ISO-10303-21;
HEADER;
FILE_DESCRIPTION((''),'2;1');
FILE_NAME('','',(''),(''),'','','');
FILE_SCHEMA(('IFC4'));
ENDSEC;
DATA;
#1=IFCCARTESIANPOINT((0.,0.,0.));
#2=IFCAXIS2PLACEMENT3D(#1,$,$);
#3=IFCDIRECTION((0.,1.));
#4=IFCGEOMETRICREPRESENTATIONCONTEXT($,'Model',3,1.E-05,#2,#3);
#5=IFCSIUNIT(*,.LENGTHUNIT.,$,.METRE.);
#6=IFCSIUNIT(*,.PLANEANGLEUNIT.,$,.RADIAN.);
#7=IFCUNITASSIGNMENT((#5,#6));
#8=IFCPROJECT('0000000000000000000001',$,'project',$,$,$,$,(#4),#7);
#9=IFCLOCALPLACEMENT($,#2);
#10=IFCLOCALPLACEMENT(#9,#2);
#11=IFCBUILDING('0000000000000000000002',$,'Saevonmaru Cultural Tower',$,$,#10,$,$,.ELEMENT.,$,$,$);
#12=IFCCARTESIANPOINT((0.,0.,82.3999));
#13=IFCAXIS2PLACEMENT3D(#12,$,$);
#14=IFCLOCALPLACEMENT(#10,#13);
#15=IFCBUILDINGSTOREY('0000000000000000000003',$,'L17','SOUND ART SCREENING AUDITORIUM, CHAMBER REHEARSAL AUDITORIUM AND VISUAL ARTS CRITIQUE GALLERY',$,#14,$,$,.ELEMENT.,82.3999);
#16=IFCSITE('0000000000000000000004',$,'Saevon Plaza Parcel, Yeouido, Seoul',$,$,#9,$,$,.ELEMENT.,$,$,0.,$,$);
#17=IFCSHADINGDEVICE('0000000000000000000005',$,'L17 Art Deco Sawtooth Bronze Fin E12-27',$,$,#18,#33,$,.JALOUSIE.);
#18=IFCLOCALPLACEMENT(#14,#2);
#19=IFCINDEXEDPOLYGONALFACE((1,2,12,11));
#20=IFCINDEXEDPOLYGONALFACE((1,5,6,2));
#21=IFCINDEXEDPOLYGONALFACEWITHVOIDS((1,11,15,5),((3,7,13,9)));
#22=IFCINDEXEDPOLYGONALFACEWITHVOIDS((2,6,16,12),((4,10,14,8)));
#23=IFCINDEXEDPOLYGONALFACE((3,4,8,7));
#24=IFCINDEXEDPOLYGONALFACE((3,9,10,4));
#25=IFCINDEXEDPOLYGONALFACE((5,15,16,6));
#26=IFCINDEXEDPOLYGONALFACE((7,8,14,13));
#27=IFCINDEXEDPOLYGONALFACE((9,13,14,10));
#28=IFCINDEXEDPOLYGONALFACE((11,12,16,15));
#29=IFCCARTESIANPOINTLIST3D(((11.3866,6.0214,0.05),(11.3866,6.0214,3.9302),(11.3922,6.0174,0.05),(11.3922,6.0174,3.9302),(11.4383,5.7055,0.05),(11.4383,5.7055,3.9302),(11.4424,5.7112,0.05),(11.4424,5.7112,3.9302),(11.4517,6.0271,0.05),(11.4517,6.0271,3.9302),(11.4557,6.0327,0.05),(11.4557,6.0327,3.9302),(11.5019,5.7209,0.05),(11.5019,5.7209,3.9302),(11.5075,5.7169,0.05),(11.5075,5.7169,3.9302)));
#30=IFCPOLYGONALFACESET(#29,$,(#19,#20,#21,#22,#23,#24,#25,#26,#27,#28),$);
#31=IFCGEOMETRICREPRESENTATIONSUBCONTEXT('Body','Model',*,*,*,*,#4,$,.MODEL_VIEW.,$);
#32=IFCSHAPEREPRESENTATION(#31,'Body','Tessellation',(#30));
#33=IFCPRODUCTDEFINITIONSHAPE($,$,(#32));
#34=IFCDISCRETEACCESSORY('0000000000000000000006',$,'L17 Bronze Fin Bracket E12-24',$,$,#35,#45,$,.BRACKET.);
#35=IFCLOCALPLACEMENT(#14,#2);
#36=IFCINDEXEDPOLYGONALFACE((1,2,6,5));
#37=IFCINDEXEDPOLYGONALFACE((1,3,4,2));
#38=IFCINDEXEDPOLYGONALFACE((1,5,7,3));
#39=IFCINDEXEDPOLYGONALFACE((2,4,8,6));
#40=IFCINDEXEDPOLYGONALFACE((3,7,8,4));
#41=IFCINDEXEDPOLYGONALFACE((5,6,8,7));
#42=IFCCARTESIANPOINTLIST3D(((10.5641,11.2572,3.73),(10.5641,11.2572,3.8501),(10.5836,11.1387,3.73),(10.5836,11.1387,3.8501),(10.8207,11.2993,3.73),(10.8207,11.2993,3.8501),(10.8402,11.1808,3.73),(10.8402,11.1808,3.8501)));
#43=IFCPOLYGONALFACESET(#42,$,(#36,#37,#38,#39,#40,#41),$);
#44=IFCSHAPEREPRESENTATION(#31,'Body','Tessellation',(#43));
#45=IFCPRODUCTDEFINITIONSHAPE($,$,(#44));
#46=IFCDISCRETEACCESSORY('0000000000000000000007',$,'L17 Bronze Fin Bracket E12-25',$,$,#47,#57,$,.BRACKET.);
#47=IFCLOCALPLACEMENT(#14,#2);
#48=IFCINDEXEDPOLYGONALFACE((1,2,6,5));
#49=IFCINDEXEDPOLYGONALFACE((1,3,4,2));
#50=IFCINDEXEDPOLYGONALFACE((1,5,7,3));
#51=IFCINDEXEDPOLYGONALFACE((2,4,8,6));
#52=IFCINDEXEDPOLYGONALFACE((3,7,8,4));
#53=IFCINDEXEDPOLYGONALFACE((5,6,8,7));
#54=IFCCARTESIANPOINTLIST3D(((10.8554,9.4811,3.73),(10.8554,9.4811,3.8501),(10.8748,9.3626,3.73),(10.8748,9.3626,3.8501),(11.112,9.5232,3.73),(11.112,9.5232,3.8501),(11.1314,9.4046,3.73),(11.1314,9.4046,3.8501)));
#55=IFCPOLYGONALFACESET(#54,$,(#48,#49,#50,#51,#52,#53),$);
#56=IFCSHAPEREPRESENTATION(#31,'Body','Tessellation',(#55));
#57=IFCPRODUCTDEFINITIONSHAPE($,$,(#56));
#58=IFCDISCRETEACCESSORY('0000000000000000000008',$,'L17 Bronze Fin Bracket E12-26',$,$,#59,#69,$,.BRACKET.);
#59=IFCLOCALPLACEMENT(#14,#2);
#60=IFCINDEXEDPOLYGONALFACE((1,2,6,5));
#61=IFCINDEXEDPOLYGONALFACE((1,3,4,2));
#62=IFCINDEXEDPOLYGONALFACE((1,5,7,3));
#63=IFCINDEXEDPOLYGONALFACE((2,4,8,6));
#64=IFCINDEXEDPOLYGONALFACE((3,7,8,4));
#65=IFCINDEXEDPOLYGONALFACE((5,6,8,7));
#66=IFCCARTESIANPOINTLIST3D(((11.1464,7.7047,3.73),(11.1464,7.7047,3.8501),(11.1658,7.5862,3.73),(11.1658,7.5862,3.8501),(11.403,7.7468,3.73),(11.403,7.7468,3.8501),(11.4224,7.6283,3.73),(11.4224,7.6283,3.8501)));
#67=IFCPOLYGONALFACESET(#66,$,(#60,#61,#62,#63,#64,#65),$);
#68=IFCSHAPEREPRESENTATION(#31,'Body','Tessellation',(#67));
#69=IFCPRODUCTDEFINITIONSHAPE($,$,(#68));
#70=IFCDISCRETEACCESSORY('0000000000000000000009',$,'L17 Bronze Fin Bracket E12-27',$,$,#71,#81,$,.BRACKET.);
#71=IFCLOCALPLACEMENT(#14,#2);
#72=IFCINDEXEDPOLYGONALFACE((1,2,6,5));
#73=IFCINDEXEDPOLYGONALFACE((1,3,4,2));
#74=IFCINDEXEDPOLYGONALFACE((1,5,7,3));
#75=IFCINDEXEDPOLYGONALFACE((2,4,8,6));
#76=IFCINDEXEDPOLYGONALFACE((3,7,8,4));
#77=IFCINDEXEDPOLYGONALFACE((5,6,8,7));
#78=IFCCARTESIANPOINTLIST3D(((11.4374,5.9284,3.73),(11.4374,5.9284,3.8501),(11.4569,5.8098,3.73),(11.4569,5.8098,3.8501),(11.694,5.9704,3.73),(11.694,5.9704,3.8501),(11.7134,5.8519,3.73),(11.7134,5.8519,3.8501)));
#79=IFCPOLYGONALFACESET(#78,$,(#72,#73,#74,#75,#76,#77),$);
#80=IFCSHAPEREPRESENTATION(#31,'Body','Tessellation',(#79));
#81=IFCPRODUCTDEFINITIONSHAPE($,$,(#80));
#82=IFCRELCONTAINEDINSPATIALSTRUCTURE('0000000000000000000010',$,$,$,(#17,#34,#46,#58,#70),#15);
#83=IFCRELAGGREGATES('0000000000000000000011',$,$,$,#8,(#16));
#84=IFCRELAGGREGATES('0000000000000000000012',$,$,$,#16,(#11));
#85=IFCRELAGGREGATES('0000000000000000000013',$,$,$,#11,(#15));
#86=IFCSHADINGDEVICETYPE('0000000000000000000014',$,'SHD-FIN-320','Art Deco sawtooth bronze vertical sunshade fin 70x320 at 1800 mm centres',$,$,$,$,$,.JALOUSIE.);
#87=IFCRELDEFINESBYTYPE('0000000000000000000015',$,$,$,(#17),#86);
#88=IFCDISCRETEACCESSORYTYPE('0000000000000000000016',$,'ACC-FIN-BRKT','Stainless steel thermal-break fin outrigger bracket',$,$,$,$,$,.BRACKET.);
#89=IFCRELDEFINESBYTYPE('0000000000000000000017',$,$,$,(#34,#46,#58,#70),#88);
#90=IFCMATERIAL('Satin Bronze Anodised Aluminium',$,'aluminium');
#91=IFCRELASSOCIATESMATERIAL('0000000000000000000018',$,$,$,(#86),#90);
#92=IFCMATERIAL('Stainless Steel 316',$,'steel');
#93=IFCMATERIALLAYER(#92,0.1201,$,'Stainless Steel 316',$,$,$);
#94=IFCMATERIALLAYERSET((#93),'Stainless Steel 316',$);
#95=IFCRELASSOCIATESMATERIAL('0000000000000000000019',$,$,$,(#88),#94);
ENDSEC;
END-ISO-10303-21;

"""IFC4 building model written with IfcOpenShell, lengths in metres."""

from ifc_helpers import new_model, si_unit, direction, frame, origin, origin_2d, place, context, subcontext, project, spatial, rectangle, hollow_rectangle, extrude, material, layer, layer_set, material_profile, profile_set, type_object, element, save


model = new_model("IFC4")

# Units and contexts
model_context = context("Model", 3, precision=1e-05, world=origin(), true_north=direction((0.0, 1.0)))
body_context = subcontext(model_context, "Body", "Model", "MODEL_VIEW")
ifc_project = project(units=[si_unit("LENGTHUNIT", "METRE"), si_unit("PLANEANGLEUNIT", "RADIAN")], contexts=[model_context])

# Site, building, storey
site_placement = place(None, origin())
site = spatial("IfcSite", under=ifc_project, at=site_placement, Name="Saevon Plaza Parcel, Yeouido, Seoul", CompositionType="ELEMENT", RefElevation=0.0)
building_placement = place(site_placement, origin())
building = spatial("IfcBuilding", under=site, at=building_placement, Name="Saevonmaru Cultural Tower", CompositionType="ELEMENT")
storey_placement = place(building_placement, frame((0.0, 0.0, 82.3999)))
storey = spatial("IfcBuildingStorey", under=building, at=storey_placement, Name="L17", Description="SOUND ART SCREENING AUDITORIUM, CHAMBER REHEARSAL AUDITORIUM AND VISUAL ARTS CRITIQUE GALLERY", CompositionType="ELEMENT", Elevation=82.3999)

# Shared definitions
ifc_material_1 = material(Name="Satin Bronze Anodised Aluminium", Category="aluminium")

# Shading device
ifc_material_profile_1 = material_profile(ifc_material_1, hollow_rectangle(XDim=0.0701, YDim=0.3201, WallThickness=0.0049, at=origin_2d()), Name="FIN-320x70")
ifc_profile_set_1 = profile_set([ifc_material_profile_1], Name="Satin Bronze Anodised Aluminium")
shading_device_type = type_object("IfcShadingDeviceType", Name="SHD-FIN-320", Description="Art Deco sawtooth bronze vertical sunshade fin 70x320 at 1800 mm centres", PredefinedType="JALOUSIE", material=ifc_profile_set_1)
for number, where, z_axis, x_axis, name in (
    (1, (11.447, 5.8691, 0.05), (0.0, 0.0, 1.0), (-0.986827, -0.161776, 0.0), "L17 Art Deco Sawtooth Bronze Fin E12-27"),
):
    element("IfcShadingDevice", number, at=place(storey_placement, frame(where, z_axis=z_axis, x_axis=x_axis)), inside=storey, type_object=shading_device_type, Name=name, PredefinedType="JALOUSIE", context=body_context, shape_type="SweptSolid", body=[
        extrude(hollow_rectangle(XDim=0.0701, YDim=0.3201, WallThickness=0.0049, at=origin_2d()), origin(), (0.0, 0.0, 1.0), 3.8801),
    ])

# Discrete accessories
ifc_material_2 = material(Name="Stainless Steel 316", Category="steel")
ifc_layer_1 = layer(ifc_material_2, 0.1201, Name="Stainless Steel 316")
ifc_layer_set_1 = layer_set([ifc_layer_1], Name="Stainless Steel 316")
discrete_accessory_type = type_object("IfcDiscreteAccessoryType", Name="ACC-FIN-BRKT", Description="Stainless steel thermal-break fin outrigger bracket", PredefinedType="BRACKET", material=ifc_layer_set_1)
for number, where, z_axis, x_axis, name in (
    (2, (10.7021, 11.219, 3.73), (0.0, 0.0, 1.0), (-0.986827, -0.161776, 0.0), "L17 Bronze Fin Bracket E12-24"),
    (3, (10.9934, 9.4429, 3.73), (0.0, 0.0, 1.0), (-0.986827, -0.161776, 0.0), "L17 Bronze Fin Bracket E12-25"),
    (4, (11.2844, 7.6665, 3.73), (0.0, 0.0, 1.0), (-0.986827, -0.161776, 0.0), "L17 Bronze Fin Bracket E12-26"),
    (5, (11.5754, 5.8901, 3.73), (0.0, 0.0, 1.0), (-0.986827, -0.161776, 0.0), "L17 Bronze Fin Bracket E12-27"),
):
    element("IfcDiscreteAccessory", number, at=place(storey_placement, frame(where, z_axis=z_axis, x_axis=x_axis)), inside=storey, type_object=discrete_accessory_type, Name=name, PredefinedType="BRACKET", context=body_context, shape_type="SweptSolid", body=[
        extrude(rectangle(XDim=0.26, YDim=0.1201, at=origin_2d()), origin(), (0.0, 0.0, 1.0), 0.1201),
    ])

save(model, "model.ifc")
